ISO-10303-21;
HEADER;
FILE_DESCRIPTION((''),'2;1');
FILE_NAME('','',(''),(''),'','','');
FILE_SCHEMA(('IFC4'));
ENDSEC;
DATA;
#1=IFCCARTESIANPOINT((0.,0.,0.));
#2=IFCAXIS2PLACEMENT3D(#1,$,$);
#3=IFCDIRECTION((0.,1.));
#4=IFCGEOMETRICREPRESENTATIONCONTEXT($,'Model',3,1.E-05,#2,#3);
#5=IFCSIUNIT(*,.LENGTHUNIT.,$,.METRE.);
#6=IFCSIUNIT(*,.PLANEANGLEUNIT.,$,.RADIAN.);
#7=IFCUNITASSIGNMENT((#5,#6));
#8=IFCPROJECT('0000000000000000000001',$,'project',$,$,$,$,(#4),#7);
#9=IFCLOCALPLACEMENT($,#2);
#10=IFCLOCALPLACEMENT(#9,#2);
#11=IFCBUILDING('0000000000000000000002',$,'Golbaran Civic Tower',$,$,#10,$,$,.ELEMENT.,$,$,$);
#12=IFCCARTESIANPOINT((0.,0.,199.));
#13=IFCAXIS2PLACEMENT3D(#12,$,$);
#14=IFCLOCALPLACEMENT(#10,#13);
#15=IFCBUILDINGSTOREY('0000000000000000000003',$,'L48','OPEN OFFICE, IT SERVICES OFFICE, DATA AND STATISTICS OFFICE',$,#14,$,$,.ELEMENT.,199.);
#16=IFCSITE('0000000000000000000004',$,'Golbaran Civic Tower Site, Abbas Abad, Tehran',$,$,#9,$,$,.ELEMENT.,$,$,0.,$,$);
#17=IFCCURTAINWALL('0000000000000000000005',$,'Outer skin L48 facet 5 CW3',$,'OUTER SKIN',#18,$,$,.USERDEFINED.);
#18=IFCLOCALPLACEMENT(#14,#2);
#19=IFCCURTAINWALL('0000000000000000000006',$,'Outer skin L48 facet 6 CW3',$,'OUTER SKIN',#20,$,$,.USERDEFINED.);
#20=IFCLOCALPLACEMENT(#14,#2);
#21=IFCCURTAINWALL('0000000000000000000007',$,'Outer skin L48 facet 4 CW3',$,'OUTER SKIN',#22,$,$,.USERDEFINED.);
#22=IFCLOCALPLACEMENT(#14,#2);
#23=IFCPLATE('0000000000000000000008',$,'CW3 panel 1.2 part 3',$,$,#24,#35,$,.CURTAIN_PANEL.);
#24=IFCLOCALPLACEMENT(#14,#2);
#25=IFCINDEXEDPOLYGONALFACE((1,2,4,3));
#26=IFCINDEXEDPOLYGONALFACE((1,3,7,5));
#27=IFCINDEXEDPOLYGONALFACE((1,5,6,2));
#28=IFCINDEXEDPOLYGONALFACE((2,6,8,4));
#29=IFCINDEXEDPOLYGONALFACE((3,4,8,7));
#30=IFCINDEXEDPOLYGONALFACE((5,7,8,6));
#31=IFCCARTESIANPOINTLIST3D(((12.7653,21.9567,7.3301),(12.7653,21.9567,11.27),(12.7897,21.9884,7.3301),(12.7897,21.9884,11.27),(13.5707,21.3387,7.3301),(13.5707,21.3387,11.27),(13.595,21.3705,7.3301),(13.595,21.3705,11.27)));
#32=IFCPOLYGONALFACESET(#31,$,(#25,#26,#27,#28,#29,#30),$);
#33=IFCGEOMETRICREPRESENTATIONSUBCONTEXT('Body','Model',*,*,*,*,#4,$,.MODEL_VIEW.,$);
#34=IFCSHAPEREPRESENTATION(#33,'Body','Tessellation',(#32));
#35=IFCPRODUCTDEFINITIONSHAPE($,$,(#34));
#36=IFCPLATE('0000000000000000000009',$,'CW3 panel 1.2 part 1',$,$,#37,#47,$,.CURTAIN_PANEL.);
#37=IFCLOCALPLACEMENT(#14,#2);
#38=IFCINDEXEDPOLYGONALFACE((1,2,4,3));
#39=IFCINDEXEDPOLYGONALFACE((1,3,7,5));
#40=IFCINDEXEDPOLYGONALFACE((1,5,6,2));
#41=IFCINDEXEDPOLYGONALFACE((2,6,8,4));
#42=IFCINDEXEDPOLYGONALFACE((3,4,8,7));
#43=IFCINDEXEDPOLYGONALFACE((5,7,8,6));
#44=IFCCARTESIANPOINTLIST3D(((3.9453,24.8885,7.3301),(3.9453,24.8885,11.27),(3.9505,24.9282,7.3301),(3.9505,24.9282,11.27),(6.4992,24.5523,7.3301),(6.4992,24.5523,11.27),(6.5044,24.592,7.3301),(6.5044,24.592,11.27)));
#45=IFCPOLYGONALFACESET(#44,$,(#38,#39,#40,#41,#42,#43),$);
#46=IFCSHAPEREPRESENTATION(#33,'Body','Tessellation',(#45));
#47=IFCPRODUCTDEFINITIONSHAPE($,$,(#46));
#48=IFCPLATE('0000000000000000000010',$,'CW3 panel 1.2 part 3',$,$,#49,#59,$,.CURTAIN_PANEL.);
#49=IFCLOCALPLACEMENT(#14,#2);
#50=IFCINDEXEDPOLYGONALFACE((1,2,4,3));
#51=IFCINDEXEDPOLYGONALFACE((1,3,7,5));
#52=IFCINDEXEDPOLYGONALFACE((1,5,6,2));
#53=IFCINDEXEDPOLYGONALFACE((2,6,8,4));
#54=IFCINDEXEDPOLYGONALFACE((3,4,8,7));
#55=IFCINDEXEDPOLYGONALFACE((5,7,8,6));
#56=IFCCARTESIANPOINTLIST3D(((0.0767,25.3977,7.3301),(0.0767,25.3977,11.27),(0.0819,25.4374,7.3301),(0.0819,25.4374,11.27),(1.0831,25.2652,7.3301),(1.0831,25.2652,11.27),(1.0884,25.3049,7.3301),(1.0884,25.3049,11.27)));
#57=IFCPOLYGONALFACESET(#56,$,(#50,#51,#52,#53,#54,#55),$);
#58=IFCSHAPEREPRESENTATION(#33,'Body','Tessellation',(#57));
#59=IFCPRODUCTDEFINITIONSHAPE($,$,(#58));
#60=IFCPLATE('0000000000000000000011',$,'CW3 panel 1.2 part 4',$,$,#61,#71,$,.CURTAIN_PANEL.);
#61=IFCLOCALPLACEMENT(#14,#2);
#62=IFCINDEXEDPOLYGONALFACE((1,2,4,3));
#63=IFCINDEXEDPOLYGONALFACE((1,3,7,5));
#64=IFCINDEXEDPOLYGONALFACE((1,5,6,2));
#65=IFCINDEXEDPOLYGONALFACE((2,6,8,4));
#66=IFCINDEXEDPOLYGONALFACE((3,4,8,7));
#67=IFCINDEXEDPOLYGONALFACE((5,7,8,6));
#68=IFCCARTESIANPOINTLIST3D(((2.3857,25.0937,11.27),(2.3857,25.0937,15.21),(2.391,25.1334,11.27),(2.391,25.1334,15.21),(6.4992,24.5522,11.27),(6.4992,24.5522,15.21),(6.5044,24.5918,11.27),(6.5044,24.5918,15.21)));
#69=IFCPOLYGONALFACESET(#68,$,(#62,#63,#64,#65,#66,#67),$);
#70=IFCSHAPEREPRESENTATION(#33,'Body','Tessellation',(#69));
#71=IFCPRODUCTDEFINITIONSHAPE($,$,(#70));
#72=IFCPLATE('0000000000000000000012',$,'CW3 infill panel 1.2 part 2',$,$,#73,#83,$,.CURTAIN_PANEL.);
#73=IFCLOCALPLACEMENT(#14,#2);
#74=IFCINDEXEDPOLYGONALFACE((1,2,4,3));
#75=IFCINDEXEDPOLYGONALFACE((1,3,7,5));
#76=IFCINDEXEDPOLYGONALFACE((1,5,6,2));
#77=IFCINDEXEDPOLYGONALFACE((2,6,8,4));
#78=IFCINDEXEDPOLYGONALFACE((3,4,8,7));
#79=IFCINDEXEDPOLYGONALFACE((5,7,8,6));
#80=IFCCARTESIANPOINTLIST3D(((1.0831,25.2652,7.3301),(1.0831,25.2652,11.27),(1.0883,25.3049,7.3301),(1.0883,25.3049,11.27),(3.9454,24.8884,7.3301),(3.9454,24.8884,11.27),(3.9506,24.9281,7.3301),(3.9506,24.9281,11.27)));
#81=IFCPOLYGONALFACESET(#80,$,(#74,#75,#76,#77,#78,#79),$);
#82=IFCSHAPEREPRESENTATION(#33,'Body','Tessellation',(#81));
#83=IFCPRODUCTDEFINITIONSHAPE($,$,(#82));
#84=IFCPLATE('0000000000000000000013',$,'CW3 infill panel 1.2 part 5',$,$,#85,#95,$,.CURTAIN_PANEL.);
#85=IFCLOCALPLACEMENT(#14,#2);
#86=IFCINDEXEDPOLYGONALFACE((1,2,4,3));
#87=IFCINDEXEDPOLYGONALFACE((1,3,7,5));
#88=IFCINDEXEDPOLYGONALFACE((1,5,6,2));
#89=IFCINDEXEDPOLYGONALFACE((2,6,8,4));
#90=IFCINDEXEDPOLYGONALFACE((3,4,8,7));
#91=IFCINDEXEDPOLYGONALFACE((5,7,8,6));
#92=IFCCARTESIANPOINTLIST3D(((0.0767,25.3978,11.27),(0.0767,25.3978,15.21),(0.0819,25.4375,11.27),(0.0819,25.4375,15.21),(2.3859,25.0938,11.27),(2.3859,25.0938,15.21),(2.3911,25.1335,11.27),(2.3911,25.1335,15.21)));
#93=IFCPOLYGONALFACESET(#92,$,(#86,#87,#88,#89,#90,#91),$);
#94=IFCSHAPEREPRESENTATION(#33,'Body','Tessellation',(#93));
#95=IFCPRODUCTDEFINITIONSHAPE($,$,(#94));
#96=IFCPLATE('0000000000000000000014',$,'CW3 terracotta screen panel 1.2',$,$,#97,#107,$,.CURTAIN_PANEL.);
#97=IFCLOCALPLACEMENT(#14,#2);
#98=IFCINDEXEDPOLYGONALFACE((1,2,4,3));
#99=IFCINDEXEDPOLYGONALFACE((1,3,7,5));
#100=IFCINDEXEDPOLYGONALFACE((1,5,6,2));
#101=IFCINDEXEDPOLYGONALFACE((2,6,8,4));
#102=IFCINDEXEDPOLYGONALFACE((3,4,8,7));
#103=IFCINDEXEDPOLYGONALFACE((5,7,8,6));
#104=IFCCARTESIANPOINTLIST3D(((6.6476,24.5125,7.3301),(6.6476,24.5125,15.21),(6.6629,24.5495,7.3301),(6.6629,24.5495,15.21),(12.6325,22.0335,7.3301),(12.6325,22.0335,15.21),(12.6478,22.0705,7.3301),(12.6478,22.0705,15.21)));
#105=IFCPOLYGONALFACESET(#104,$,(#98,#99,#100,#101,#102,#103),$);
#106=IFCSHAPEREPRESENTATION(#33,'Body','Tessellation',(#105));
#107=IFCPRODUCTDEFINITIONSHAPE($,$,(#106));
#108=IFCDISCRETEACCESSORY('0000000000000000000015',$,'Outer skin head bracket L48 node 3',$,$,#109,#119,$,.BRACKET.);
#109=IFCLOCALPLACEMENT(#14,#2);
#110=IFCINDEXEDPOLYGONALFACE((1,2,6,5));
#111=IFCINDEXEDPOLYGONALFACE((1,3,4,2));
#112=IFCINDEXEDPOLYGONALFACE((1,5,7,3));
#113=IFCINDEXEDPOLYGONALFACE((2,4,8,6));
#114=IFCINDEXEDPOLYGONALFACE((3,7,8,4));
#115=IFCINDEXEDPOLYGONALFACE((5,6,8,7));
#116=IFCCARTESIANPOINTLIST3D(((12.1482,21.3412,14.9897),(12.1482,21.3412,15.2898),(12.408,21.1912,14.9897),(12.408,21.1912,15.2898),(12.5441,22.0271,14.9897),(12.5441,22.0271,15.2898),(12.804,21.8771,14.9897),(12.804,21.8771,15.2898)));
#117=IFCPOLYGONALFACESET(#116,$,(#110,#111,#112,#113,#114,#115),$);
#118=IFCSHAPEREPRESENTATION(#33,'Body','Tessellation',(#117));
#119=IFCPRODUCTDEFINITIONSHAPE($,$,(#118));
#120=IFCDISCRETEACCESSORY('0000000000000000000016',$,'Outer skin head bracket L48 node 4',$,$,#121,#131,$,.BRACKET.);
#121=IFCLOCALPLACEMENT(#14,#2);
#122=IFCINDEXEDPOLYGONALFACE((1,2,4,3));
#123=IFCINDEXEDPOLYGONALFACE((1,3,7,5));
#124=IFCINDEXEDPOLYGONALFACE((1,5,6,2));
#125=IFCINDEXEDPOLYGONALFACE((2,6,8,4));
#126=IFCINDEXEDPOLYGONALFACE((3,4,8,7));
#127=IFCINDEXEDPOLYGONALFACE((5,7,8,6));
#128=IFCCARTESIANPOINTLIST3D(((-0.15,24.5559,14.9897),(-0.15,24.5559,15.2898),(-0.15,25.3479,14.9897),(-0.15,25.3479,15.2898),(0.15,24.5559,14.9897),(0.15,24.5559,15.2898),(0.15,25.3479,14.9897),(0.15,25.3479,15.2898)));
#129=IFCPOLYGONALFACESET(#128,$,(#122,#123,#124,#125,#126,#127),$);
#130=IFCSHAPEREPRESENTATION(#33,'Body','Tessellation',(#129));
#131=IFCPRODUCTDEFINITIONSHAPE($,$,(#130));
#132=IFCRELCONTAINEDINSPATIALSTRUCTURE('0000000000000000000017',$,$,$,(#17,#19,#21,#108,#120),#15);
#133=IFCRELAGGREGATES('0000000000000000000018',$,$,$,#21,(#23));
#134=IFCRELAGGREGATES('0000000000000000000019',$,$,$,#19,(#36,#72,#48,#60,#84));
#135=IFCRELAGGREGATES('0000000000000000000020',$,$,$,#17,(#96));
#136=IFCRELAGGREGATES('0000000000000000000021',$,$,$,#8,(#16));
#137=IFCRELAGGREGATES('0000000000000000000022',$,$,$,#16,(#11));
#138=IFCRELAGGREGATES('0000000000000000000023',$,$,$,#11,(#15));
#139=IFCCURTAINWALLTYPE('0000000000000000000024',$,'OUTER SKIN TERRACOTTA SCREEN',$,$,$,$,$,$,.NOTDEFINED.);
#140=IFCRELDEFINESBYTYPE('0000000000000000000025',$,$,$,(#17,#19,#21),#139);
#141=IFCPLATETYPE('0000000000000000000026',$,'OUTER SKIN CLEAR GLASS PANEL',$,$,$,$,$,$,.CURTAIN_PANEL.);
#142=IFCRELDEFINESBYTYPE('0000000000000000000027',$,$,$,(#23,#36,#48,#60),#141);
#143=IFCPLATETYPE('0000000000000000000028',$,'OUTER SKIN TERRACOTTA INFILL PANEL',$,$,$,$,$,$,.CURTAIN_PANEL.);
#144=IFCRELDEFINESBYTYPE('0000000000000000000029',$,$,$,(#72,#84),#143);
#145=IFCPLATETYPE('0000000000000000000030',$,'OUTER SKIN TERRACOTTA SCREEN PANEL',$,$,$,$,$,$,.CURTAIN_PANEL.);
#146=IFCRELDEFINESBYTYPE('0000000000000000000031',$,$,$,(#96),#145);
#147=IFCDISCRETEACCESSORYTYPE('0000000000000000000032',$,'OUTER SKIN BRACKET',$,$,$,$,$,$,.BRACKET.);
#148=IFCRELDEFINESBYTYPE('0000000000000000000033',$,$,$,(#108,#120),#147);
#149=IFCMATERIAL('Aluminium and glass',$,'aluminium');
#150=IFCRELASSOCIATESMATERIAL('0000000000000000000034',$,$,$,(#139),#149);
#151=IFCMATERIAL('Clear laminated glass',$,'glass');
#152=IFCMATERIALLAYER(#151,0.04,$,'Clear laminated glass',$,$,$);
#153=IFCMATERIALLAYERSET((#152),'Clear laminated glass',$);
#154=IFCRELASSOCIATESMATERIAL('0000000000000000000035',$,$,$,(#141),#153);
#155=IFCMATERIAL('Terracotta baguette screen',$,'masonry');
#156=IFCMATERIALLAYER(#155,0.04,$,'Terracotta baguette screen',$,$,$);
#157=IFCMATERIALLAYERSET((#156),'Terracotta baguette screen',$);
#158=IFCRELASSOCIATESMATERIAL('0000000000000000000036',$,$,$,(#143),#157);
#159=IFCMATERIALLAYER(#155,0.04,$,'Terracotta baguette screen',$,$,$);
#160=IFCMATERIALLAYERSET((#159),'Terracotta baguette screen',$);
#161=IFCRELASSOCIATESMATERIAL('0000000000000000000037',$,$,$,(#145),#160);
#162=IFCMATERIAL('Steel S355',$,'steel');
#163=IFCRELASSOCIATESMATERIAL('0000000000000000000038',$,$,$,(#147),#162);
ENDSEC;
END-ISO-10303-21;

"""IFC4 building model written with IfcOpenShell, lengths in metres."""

from ifc_helpers import new_model, si_unit, direction, frame, origin, origin_2d, place, context, subcontext, project, spatial, rectangle, extrude, material, layer, layer_set, type_object, element, aggregate, save


model = new_model("IFC4")

# Units and contexts
model_context = context("Model", 3, precision=1e-05, world=origin(), true_north=direction((0.0, 1.0)))
body_context = subcontext(model_context, "Body", "Model", "MODEL_VIEW")
ifc_project = project(units=[si_unit("LENGTHUNIT", "METRE"), si_unit("PLANEANGLEUNIT", "RADIAN")], contexts=[model_context])

# Site, building, storey
site_placement = place(None, origin())
site = spatial("IfcSite", under=ifc_project, at=site_placement, Name="Golbaran Civic Tower Site, Abbas Abad, Tehran", CompositionType="ELEMENT", RefElevation=0.0)
building_placement = place(site_placement, origin())
building = spatial("IfcBuilding", under=site, at=building_placement, Name="Golbaran Civic Tower", CompositionType="ELEMENT")
storey_placement = place(building_placement, frame((0.0, 0.0, 199.0)))
storey = spatial("IfcBuildingStorey", under=building, at=storey_placement, Name="L48", Description="OPEN OFFICE, IT SERVICES OFFICE, DATA AND STATISTICS OFFICE", CompositionType="ELEMENT", Elevation=199.0)

# Curtain walls
ifc_material_1 = material(Name="Aluminium and glass", Category="aluminium")
curtain_wall_type_1 = type_object("IfcCurtainWallType", Name="OUTER SKIN TERRACOTTA SCREEN", PredefinedType="NOTDEFINED", material=ifc_material_1)
curtain_wall_1_placement = place(storey_placement, origin())
curtain_wall_1 = element("IfcCurtainWall", 1, at=curtain_wall_1_placement, inside=storey, type_object=curtain_wall_type_1, Name="Outer skin L48 facet 5 CW3", ObjectType="OUTER SKIN", PredefinedType="USERDEFINED")
curtain_wall_2_placement = place(storey_placement, origin())
curtain_wall_2 = element("IfcCurtainWall", 2, at=curtain_wall_2_placement, inside=storey, type_object=curtain_wall_type_1, Name="Outer skin L48 facet 6 CW3", ObjectType="OUTER SKIN", PredefinedType="USERDEFINED")

# Curtain wall, plate
curtain_wall_3_placement = place(storey_placement, origin())
curtain_wall_3 = element("IfcCurtainWall", 3, at=curtain_wall_3_placement, inside=storey, type_object=curtain_wall_type_1, Name="Outer skin L48 facet 4 CW3", ObjectType="OUTER SKIN", PredefinedType="USERDEFINED")
ifc_material_2 = material(Name="Clear laminated glass", Category="glass")
ifc_layer_1 = layer(ifc_material_2, 0.04, Name="Clear laminated glass")
ifc_layer_set_1 = layer_set([ifc_layer_1], Name="Clear laminated glass")
plate_type_1 = type_object("IfcPlateType", Name="OUTER SKIN CLEAR GLASS PANEL", PredefinedType="CURTAIN_PANEL", material=ifc_layer_set_1)
plate_1_placement = place(storey_placement, frame((13.1802, 21.6636, 7.3301), z_axis=(0.0, 0.0, 1.0), x_axis=(-0.793353, 0.608761, 0.0)))
plate_1 = element("IfcPlate", 4, at=plate_1_placement, type_object=plate_type_1, Name="CW3 panel 1.2 part 3", PredefinedType="CURTAIN_PANEL", context=body_context, shape_type="SweptSolid", body=[
    extrude(rectangle(XDim=1.0151, YDim=0.04, at=origin_2d()), origin(), (0.0, 0.0, 1.0), 3.9399),
])
aggregate(curtain_wall_3, [plate_1])

# Plates
plate_2_placement = place(storey_placement, frame((5.2249, 24.7402, 7.3301), z_axis=(0.0, 0.0, 1.0), x_axis=(-0.991445, 0.130526, 0.0)))
plate_2 = element("IfcPlate", 5, at=plate_2_placement, type_object=plate_type_1, Name="CW3 panel 1.2 part 1", PredefinedType="CURTAIN_PANEL", context=body_context, shape_type="SweptSolid", body=[
    extrude(rectangle(XDim=2.5759, YDim=0.04, at=origin_2d()), origin(), (0.0, 0.0, 1.0), 3.9399),
])
plate_3_placement = place(storey_placement, frame((0.5825, 25.3513, 7.3301), z_axis=(0.0, 0.0, 1.0), x_axis=(-0.991445, 0.130526, 0.0)))
plate_3 = element("IfcPlate", 6, at=plate_3_placement, type_object=plate_type_1, Name="CW3 panel 1.2 part 3", PredefinedType="CURTAIN_PANEL", context=body_context, shape_type="SweptSolid", body=[
    extrude(rectangle(XDim=1.0151, YDim=0.04, at=origin_2d()), origin(), (0.0, 0.0, 1.0), 3.9399),
])
plate_4_placement = place(storey_placement, frame((4.4451, 24.8428, 11.27), z_axis=(0.0, 0.0, 1.0), x_axis=(-0.991445, 0.130526, 0.0)))
plate_4 = element("IfcPlate", 7, at=plate_4_placement, type_object=plate_type_1, Name="CW3 panel 1.2 part 4", PredefinedType="CURTAIN_PANEL", context=body_context, shape_type="SweptSolid", body=[
    extrude(rectangle(XDim=4.1489, YDim=0.04, at=origin_2d()), origin(), (0.0, 0.0, 1.0), 3.9399),
])
ifc_material_3 = material(Name="Terracotta baguette screen", Category="masonry")
ifc_layer_2 = layer(ifc_material_3, 0.04, Name="Terracotta baguette screen")
ifc_layer_set_2 = layer_set([ifc_layer_2], Name="Terracotta baguette screen")
plate_type_2 = type_object("IfcPlateType", Name="OUTER SKIN TERRACOTTA INFILL PANEL", PredefinedType="CURTAIN_PANEL", material=ifc_layer_set_2)
plate_5_placement = place(storey_placement, frame((2.5168, 25.0967, 7.3301), z_axis=(0.0, 0.0, 1.0), x_axis=(-0.991445, 0.130526, 0.0)))
plate_5 = element("IfcPlate", 8, at=plate_5_placement, type_object=plate_type_2, Name="CW3 infill panel 1.2 part 2", PredefinedType="CURTAIN_PANEL", context=body_context, shape_type="SweptSolid", body=[
    extrude(rectangle(XDim=2.887, YDim=0.04, at=origin_2d()), origin(), (0.0, 0.0, 1.0), 3.9399),
])
plate_6_placement = place(storey_placement, frame((1.2339, 25.2656, 11.27), z_axis=(0.0, 0.0, 1.0), x_axis=(-0.991445, 0.130526, 0.0)))
plate_6 = element("IfcPlate", 9, at=plate_6_placement, type_object=plate_type_2, Name="CW3 infill panel 1.2 part 5", PredefinedType="CURTAIN_PANEL", context=body_context, shape_type="SweptSolid", body=[
    extrude(rectangle(XDim=2.3291, YDim=0.04, at=origin_2d()), origin(), (0.0, 0.0, 1.0), 3.9399),
])
aggregate(curtain_wall_2, [plate_2, plate_5, plate_3, plate_4, plate_6])
ifc_layer_3 = layer(ifc_material_3, 0.04, Name="Terracotta baguette screen")
ifc_layer_set_3 = layer_set([ifc_layer_3], Name="Terracotta baguette screen")
plate_type_3 = type_object("IfcPlateType", Name="OUTER SKIN TERRACOTTA SCREEN PANEL", PredefinedType="CURTAIN_PANEL", material=ifc_layer_set_3)
plate_7_placement = place(storey_placement, frame((9.6477, 23.2915, 7.3301), z_axis=(0.0, 0.0, 1.0), x_axis=(-0.92388, 0.382683, 0.0)))
plate_7 = element("IfcPlate", 10, at=plate_7_placement, type_object=plate_type_3, Name="CW3 terracotta screen panel 1.2", PredefinedType="CURTAIN_PANEL", context=body_context, shape_type="SweptSolid", body=[
    extrude(rectangle(XDim=6.478, YDim=0.04, at=origin_2d()), origin(), (0.0, 0.0, 1.0), 7.8799),
])
aggregate(curtain_wall_1, [plate_7])

# Discrete accessories
ifc_material_4 = material(Name="Steel S355", Category="steel")
discrete_accessory_type = type_object("IfcDiscreteAccessoryType", Name="OUTER SKIN BRACKET", PredefinedType="BRACKET", material=ifc_material_4)
for number, where, z_axis, x_axis, name in (
    (11, (12.4761, 21.6091, 14.9897), (0.0, 0.0, 1.0), (0.5, 0.866025, 0.0), "Outer skin head bracket L48 node 3"),
    (12, (0.0, 24.9519, 14.9897), (0.0, 0.0, 1.0), (0.0, 1.0, 0.0), "Outer skin head bracket L48 node 4"),
):
    element("IfcDiscreteAccessory", number, at=place(storey_placement, frame(where, z_axis=z_axis, x_axis=x_axis)), inside=storey, type_object=discrete_accessory_type, Name=name, PredefinedType="BRACKET", context=body_context, shape_type="SweptSolid", body=[
        extrude(rectangle(XDim=0.792, YDim=0.3, at=origin_2d()), origin(), (0.0, 0.0, 1.0), 0.3),
    ])

save(model, "model.ifc")
